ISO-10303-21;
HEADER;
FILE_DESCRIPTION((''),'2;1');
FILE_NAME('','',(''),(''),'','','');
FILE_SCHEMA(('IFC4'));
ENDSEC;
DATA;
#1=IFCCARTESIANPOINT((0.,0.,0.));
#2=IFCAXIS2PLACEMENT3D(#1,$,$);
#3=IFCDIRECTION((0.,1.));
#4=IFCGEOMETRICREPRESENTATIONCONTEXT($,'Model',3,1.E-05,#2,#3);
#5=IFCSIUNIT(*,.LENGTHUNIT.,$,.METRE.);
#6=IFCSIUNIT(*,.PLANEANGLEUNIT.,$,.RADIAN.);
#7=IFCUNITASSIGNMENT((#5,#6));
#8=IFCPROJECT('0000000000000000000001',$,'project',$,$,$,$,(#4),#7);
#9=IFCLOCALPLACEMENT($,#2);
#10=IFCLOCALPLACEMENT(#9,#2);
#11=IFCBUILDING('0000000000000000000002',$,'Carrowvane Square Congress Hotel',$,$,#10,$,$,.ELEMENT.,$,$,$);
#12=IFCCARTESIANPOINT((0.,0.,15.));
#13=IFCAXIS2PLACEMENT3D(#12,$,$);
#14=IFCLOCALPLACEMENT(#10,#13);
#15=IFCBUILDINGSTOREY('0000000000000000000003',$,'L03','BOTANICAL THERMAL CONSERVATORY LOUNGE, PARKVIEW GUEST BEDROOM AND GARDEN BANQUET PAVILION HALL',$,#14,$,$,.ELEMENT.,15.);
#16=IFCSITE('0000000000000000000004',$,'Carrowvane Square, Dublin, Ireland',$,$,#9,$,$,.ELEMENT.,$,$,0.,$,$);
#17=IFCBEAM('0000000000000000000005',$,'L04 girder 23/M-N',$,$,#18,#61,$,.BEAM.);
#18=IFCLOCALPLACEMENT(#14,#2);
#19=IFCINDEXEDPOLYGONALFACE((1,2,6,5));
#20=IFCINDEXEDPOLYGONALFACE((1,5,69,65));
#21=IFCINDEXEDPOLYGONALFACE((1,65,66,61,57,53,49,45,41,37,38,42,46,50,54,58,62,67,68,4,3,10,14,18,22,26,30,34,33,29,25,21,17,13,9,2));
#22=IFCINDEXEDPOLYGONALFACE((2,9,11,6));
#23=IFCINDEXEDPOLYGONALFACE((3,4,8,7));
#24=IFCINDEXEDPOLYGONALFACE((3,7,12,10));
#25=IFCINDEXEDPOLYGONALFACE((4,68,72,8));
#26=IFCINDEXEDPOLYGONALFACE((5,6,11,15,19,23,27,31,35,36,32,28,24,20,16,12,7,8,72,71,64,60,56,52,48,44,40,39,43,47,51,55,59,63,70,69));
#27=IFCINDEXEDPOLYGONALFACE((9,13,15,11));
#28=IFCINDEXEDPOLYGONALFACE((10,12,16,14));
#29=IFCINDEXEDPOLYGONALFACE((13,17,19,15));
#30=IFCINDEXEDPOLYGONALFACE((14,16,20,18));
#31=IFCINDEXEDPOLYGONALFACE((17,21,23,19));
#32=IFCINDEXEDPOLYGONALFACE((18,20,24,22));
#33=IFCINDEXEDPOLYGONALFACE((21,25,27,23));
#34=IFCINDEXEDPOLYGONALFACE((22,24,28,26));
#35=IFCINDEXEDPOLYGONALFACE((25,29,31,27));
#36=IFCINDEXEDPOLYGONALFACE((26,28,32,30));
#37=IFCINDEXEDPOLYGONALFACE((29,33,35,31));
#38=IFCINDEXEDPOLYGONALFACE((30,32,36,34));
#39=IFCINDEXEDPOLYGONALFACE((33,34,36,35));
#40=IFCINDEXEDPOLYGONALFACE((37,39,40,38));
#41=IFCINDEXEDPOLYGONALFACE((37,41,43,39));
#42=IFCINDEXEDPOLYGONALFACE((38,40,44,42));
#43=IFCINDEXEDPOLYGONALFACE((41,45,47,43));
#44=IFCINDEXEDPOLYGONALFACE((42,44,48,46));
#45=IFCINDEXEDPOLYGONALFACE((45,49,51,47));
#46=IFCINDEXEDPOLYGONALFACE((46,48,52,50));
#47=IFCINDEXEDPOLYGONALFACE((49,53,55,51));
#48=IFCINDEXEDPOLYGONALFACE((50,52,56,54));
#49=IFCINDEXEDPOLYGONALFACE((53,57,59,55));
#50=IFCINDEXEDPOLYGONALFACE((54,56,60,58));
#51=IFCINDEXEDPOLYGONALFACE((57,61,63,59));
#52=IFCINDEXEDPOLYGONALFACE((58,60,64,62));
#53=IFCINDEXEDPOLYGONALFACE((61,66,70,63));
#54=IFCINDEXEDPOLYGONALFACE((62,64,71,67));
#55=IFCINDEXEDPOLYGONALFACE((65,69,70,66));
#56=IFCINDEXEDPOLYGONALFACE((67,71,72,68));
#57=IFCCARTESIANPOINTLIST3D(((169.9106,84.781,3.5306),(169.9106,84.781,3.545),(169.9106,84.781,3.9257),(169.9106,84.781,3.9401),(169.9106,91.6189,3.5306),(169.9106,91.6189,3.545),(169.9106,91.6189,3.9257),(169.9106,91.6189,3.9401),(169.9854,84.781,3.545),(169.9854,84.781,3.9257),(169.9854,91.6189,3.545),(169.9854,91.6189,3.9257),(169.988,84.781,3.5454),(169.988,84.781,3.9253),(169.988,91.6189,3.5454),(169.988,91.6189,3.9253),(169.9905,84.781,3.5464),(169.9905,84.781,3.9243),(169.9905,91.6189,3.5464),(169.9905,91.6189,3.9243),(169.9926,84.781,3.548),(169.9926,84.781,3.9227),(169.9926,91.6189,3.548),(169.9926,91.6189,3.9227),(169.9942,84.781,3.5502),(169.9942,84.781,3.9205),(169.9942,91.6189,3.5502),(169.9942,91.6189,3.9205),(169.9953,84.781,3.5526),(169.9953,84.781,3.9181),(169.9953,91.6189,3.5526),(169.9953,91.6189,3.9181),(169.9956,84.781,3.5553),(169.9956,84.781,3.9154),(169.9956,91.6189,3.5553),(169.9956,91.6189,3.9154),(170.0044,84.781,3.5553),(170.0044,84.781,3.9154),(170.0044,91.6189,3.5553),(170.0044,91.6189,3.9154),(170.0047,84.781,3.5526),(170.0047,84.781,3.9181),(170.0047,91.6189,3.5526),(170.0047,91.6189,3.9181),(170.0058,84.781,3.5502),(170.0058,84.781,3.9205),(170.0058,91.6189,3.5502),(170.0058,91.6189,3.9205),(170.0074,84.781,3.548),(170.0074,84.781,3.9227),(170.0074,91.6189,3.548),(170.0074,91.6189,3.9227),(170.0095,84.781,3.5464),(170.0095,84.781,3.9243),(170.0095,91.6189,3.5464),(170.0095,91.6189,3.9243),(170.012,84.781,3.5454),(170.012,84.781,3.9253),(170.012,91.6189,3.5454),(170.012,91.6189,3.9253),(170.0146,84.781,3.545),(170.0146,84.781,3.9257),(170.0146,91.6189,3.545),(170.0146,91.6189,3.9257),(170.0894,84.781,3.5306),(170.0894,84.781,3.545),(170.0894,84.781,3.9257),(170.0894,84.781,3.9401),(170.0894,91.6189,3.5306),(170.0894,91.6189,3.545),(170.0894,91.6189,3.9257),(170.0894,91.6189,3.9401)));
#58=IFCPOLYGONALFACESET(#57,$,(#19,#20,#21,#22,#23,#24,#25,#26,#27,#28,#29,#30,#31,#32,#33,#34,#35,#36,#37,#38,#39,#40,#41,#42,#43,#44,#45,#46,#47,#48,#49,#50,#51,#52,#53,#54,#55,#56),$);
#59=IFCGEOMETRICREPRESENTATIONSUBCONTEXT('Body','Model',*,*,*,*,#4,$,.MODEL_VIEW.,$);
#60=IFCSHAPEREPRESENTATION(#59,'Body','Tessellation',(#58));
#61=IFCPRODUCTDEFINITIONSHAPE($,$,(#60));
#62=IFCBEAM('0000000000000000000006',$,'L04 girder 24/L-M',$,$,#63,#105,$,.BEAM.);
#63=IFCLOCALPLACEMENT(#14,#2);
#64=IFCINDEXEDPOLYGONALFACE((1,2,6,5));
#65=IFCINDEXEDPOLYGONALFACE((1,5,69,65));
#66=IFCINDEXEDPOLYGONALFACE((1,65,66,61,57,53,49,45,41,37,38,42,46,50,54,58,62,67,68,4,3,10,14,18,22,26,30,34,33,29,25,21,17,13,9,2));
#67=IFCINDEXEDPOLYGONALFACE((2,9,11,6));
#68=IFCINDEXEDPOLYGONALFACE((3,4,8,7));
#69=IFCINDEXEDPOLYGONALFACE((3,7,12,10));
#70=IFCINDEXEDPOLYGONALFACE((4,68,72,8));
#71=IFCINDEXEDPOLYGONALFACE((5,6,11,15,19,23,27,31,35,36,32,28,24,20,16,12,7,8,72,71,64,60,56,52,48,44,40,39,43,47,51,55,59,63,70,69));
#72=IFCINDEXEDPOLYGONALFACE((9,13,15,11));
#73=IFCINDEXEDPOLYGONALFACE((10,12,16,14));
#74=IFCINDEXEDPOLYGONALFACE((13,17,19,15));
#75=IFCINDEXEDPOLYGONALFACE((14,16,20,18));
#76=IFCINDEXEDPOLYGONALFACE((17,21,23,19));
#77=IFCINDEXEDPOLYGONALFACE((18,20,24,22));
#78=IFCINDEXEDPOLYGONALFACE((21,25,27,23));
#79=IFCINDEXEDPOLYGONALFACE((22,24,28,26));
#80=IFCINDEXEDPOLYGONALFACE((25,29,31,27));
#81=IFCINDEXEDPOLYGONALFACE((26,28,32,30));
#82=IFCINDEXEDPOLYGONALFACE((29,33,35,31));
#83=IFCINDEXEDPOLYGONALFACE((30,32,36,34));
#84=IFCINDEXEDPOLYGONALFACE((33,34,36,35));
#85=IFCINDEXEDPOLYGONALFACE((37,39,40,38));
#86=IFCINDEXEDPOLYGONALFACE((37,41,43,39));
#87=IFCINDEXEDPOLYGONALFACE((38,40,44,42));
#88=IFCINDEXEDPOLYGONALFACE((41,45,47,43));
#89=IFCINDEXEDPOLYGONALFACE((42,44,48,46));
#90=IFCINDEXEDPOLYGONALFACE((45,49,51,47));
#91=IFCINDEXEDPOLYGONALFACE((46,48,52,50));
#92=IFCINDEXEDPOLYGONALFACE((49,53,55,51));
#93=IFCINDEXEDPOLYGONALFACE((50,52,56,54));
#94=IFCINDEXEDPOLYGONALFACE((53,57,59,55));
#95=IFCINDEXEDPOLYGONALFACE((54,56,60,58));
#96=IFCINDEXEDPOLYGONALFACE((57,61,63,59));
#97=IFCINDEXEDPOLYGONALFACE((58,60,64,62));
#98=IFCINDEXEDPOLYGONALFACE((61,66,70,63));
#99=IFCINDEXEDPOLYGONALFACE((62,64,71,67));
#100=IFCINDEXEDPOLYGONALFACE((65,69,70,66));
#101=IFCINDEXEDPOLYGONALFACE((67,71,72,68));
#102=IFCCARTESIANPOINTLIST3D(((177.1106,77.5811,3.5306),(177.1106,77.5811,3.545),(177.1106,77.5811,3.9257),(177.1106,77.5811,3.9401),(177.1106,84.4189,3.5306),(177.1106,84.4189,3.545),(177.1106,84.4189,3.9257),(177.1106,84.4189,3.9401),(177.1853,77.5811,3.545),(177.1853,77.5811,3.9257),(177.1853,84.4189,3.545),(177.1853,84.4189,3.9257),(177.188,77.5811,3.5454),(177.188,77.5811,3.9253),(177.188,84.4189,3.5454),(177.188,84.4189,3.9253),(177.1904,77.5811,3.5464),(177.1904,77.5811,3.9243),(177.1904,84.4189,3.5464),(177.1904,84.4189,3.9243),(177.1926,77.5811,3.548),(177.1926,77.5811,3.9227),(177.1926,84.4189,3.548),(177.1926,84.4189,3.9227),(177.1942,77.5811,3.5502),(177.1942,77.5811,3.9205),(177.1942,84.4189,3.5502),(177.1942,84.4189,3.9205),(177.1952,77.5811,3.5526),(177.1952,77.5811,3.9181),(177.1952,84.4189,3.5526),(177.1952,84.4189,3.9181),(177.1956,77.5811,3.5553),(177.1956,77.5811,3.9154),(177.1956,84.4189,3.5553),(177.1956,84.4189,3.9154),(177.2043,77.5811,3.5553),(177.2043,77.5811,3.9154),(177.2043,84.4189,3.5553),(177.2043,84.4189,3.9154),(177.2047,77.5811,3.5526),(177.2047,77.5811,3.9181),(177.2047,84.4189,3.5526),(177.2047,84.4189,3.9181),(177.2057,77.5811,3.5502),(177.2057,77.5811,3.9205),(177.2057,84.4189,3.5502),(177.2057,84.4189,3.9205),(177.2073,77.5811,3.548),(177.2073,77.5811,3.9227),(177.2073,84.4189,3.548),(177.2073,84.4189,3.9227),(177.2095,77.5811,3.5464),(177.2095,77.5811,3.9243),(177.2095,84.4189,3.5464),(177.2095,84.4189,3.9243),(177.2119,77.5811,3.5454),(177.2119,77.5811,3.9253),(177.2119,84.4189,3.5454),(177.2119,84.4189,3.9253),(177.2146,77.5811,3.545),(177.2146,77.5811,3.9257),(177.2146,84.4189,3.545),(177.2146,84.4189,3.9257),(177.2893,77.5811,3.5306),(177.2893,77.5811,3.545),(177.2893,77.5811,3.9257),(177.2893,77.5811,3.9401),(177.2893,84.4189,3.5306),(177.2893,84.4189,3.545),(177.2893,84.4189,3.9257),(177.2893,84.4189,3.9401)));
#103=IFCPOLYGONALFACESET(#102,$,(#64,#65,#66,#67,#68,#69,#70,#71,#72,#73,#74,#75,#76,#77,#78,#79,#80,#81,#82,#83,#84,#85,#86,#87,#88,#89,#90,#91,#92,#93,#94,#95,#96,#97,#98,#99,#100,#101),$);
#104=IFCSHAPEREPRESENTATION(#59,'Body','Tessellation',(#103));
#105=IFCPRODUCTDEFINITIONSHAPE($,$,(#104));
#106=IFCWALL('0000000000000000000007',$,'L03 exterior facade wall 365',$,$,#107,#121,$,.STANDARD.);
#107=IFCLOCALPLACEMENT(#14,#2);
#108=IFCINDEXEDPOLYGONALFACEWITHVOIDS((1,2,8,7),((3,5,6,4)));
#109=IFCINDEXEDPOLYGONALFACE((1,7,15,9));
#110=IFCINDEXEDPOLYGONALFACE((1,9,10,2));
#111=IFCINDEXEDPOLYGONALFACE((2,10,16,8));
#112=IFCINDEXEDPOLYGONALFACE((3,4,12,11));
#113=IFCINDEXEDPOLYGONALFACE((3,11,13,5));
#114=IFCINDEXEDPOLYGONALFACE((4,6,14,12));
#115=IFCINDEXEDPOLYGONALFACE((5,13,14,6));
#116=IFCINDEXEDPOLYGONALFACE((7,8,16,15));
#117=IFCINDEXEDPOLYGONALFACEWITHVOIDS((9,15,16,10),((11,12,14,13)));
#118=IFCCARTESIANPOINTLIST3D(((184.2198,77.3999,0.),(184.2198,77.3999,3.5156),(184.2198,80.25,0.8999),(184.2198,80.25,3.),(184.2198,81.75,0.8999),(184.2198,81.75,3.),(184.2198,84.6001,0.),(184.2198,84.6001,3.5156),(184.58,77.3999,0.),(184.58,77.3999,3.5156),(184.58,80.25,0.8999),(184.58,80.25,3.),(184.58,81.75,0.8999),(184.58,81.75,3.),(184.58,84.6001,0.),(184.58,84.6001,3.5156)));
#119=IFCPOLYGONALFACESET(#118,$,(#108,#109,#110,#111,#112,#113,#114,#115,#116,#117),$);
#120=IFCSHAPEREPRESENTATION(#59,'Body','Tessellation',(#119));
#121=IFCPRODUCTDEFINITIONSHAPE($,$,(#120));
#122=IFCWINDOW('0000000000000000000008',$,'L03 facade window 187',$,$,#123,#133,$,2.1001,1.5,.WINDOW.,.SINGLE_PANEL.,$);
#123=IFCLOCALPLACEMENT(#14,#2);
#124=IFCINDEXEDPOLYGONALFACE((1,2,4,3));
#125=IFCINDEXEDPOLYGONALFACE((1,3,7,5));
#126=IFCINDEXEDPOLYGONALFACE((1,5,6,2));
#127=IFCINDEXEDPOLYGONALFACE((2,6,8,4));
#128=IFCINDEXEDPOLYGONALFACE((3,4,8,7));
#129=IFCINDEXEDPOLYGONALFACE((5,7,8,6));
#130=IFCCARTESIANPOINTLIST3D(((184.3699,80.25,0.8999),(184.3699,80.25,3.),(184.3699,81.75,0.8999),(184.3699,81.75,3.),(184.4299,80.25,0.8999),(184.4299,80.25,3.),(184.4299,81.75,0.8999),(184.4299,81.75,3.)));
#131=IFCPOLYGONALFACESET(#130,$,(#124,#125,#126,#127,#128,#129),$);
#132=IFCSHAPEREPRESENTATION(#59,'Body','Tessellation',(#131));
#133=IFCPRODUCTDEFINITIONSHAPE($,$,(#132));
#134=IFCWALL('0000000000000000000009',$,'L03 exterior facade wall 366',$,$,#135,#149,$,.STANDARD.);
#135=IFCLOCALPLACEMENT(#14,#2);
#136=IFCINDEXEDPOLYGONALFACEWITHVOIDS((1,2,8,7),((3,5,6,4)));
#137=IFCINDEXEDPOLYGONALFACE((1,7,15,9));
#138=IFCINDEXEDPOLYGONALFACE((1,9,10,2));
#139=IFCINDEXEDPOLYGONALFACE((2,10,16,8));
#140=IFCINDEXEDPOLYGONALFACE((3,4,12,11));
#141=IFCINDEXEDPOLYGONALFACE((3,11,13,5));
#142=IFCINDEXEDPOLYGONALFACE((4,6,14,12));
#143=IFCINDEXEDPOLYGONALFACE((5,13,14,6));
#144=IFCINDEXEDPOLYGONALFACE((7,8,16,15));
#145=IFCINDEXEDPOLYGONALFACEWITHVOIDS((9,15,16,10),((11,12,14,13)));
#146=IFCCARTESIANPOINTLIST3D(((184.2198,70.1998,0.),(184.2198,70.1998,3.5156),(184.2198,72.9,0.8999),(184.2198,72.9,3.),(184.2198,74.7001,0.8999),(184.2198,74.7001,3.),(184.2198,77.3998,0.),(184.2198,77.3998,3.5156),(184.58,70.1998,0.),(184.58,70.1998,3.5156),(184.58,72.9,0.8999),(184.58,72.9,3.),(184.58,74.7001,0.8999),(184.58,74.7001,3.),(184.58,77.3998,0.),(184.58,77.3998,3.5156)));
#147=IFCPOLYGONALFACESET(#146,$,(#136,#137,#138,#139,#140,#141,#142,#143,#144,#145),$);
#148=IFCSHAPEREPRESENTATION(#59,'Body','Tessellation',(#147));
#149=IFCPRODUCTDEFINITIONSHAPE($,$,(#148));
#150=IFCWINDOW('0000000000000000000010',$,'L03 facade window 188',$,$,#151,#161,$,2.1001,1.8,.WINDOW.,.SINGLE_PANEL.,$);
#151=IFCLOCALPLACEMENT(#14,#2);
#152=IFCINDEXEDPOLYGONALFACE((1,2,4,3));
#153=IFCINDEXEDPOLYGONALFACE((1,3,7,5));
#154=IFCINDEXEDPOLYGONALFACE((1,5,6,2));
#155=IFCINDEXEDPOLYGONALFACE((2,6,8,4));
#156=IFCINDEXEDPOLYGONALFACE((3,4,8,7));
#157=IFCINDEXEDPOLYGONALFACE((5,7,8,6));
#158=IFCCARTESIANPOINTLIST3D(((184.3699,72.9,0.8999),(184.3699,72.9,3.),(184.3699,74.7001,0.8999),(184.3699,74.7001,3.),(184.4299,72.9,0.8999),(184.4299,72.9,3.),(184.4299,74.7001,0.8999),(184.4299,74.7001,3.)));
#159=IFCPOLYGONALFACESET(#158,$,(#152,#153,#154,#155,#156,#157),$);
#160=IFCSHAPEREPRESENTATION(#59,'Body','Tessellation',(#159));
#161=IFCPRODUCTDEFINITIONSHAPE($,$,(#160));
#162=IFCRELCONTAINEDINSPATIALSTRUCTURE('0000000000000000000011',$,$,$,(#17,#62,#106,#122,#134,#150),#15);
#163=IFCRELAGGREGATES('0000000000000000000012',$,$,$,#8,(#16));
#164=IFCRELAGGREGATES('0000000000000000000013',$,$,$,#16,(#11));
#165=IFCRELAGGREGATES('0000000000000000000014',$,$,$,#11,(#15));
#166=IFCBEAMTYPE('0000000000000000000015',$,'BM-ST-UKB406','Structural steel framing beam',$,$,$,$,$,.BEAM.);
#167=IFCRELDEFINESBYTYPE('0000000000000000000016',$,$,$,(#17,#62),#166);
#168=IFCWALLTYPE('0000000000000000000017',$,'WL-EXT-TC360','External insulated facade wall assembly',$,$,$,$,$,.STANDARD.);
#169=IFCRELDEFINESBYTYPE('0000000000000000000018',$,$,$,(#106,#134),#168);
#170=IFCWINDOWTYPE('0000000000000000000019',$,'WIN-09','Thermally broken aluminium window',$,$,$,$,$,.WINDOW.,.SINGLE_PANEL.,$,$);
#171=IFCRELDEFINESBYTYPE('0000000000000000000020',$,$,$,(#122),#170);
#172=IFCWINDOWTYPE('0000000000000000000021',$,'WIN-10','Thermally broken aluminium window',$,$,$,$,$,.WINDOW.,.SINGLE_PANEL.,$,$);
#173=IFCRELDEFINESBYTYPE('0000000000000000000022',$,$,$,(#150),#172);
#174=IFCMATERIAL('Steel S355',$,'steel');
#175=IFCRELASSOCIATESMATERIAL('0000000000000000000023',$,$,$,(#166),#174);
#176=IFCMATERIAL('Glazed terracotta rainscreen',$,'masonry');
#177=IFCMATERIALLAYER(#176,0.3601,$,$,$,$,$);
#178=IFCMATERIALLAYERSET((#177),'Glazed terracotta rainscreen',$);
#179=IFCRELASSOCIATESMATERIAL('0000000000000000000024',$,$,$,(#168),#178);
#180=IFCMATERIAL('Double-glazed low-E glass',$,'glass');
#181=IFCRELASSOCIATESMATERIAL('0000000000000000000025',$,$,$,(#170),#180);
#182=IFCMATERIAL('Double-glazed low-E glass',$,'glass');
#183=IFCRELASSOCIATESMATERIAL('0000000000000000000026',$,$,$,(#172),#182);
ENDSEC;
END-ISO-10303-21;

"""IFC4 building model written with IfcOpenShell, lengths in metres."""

from ifc_helpers import new_model, si_unit, direction, frame, frame_2d, origin, origin_2d, place, context, subcontext, project, spatial, rectangle, i_section, extrude, material, layer, layer_set, material_profile, profile_set, type_object, element, fill, save


model = new_model("IFC4")

# Units and contexts
model_context = context("Model", 3, precision=1e-05, world=origin(), true_north=direction((0.0, 1.0)))
body_context = subcontext(model_context, "Body", "Model", "MODEL_VIEW")
ifc_project = project(units=[si_unit("LENGTHUNIT", "METRE"), si_unit("PLANEANGLEUNIT", "RADIAN")], contexts=[model_context])

# Site, building, storey
site_placement = place(None, origin())
site = spatial("IfcSite", under=ifc_project, at=site_placement, Name="Carrowvane Square, Dublin, Ireland", CompositionType="ELEMENT", RefElevation=0.0)
building_placement = place(site_placement, origin())
building = spatial("IfcBuilding", under=site, at=building_placement, Name="Carrowvane Square Congress Hotel", CompositionType="ELEMENT")
storey_placement = place(building_placement, frame((0.0, 0.0, 15.0)))
storey = spatial("IfcBuildingStorey", under=building, at=storey_placement, Name="L03", Description="BOTANICAL THERMAL CONSERVATORY LOUNGE, PARKVIEW GUEST BEDROOM AND GARDEN BANQUET PAVILION HALL", CompositionType="ELEMENT", Elevation=15.0)

# Beams
ifc_material_1 = material(Name="Steel S355", Category="steel")
ifc_material_profile_1 = material_profile(ifc_material_1, i_section(OverallWidth=0.1787, OverallDepth=0.4094, WebThickness=0.0088, FlangeThickness=0.0144, FilletRadius=0.0103, at=origin_2d()), Name="UKB 406x178x67")
ifc_profile_set_1 = profile_set([ifc_material_profile_1], Name="Steel S355")
beam_type_1 = type_object("IfcBeamType", Name="BM-ST-UKB406", Description="Structural steel framing beam", PredefinedType="BEAM", material=ifc_profile_set_1)
for number, where, z_axis, x_axis, name in (
    (1, (170.0, 84.781, 3.7354), (0.0, 1.0, 0.0), (-1.0, 0.0, 0.0), "L04 girder 23/M-N"),
    (2, (177.2, 77.5811, 3.7354), (0.0, 1.0, 0.0), (-1.0, 0.0, 0.0), "L04 girder 24/L-M"),
):
    element("IfcBeam", number, at=place(storey_placement, frame(where, z_axis=z_axis, x_axis=x_axis)), inside=storey, type_object=beam_type_1, Name=name, PredefinedType="BEAM", context=body_context, shape_type="SweptSolid", body=[
        extrude(i_section(OverallWidth=0.1787, OverallDepth=0.4094, WebThickness=0.0088, FlangeThickness=0.0144, FilletRadius=0.0103, at=origin_2d()), origin(), (0.0, 0.0, 1.0), 6.8379),
    ])

# Walls, openings, windows
ifc_material_2 = material(Name="Glazed terracotta rainscreen", Category="masonry")
ifc_layer_1 = layer(ifc_material_2, 0.3601)
ifc_layer_set_1 = layer_set([ifc_layer_1], Name="Glazed terracotta rainscreen")
wall_type_1 = type_object("IfcWallType", Name="WL-EXT-TC360", Description="External insulated facade wall assembly", PredefinedType="STANDARD", material=ifc_layer_set_1)
wall_1_placement = place(storey_placement, frame((184.3999, 84.6001, 0.0), z_axis=(0.0, 0.0, 1.0), x_axis=(0.0, -1.0, 0.0)))
wall_1 = element("IfcWall", 3, at=wall_1_placement, inside=storey, type_object=wall_type_1, Name="L03 exterior facade wall 365", PredefinedType="STANDARD", context=body_context, shape_type="SweptSolid", body=[
    extrude(rectangle(XDim=7.2002, YDim=0.3601, at=frame_2d((3.6001, 0.0))), origin(), (0.0, 0.0, 1.0), 3.5156),
])
opening_1_placement = place(wall_1_placement, frame((2.8501, 0.0, 0.8999)))
opening_1 = element("IfcOpeningElement", 4, at=opening_1_placement, cuts=wall_1, PredefinedType="OPENING", context=body_context, shape_type="SweptSolid", body=[
    extrude(rectangle(XDim=1.5, YDim=2.1001, at=frame_2d((0.75, 1.05))), frame((0.0, 0.1899, 0.0), z_axis=(0.0, -1.0, 0.0), x_axis=(1.0, 0.0, 0.0)), (0.0, 0.0, 1.0), 0.3801),
])
ifc_material_3 = material(Name="Double-glazed low-E glass", Category="glass")
window_type_1 = type_object("IfcWindowType", Name="WIN-09", Description="Thermally broken aluminium window", PartitioningType="SINGLE_PANEL", PredefinedType="WINDOW", material=ifc_material_3)
window_1_placement = place(opening_1_placement, origin())
window_1 = element("IfcWindow", 5, at=window_1_placement, inside=storey, type_object=window_type_1, Name="L03 facade window 187", OverallHeight=2.1001, OverallWidth=1.5, PartitioningType="SINGLE_PANEL", PredefinedType="WINDOW", context=body_context, shape_type="SweptSolid", body=[
    extrude(rectangle(XDim=1.5, YDim=2.1001, at=frame_2d((0.75, 1.05))), frame((0.0, 0.03, 0.0), z_axis=(0.0, -1.0, 0.0), x_axis=(1.0, 0.0, 0.0)), (0.0, 0.0, 1.0), 0.0601),
])
fill(opening_1, window_1)
wall_2_placement = place(storey_placement, frame((184.3999, 77.3999, 0.0), z_axis=(0.0, 0.0, 1.0), x_axis=(0.0, -1.0, 0.0)))
wall_2 = element("IfcWall", 6, at=wall_2_placement, inside=storey, type_object=wall_type_1, Name="L03 exterior facade wall 366", PredefinedType="STANDARD", context=body_context, shape_type="SweptSolid", body=[
    extrude(rectangle(XDim=7.2, YDim=0.3601, at=frame_2d((3.6001, 0.0))), origin(), (0.0, 0.0, 1.0), 3.5156),
])
opening_2_placement = place(wall_2_placement, frame((2.7, 0.0, 0.8999)))
opening_2 = element("IfcOpeningElement", 7, at=opening_2_placement, cuts=wall_2, PredefinedType="OPENING", context=body_context, shape_type="SweptSolid", body=[
    extrude(rectangle(XDim=1.8, YDim=2.1001, at=frame_2d((0.8999, 1.05))), frame((0.0, 0.1899, 0.0), z_axis=(0.0, -1.0, 0.0), x_axis=(1.0, 0.0, 0.0)), (0.0, 0.0, 1.0), 0.3801),
])
ifc_material_4 = material(Name="Double-glazed low-E glass", Category="glass")
window_type_2 = type_object("IfcWindowType", Name="WIN-10", Description="Thermally broken aluminium window", PartitioningType="SINGLE_PANEL", PredefinedType="WINDOW", material=ifc_material_4)
window_2_placement = place(opening_2_placement, origin())
window_2 = element("IfcWindow", 8, at=window_2_placement, inside=storey, type_object=window_type_2, Name="L03 facade window 188", OverallHeight=2.1001, OverallWidth=1.8, PartitioningType="SINGLE_PANEL", PredefinedType="WINDOW", context=body_context, shape_type="SweptSolid", body=[
    extrude(rectangle(XDim=1.8, YDim=2.1001, at=frame_2d((0.8999, 1.05))), frame((0.0, 0.03, 0.0), z_axis=(0.0, -1.0, 0.0), x_axis=(1.0, 0.0, 0.0)), (0.0, 0.0, 1.0), 0.0601),
])
fill(opening_2, window_2)

save(model, "model.ifc")
